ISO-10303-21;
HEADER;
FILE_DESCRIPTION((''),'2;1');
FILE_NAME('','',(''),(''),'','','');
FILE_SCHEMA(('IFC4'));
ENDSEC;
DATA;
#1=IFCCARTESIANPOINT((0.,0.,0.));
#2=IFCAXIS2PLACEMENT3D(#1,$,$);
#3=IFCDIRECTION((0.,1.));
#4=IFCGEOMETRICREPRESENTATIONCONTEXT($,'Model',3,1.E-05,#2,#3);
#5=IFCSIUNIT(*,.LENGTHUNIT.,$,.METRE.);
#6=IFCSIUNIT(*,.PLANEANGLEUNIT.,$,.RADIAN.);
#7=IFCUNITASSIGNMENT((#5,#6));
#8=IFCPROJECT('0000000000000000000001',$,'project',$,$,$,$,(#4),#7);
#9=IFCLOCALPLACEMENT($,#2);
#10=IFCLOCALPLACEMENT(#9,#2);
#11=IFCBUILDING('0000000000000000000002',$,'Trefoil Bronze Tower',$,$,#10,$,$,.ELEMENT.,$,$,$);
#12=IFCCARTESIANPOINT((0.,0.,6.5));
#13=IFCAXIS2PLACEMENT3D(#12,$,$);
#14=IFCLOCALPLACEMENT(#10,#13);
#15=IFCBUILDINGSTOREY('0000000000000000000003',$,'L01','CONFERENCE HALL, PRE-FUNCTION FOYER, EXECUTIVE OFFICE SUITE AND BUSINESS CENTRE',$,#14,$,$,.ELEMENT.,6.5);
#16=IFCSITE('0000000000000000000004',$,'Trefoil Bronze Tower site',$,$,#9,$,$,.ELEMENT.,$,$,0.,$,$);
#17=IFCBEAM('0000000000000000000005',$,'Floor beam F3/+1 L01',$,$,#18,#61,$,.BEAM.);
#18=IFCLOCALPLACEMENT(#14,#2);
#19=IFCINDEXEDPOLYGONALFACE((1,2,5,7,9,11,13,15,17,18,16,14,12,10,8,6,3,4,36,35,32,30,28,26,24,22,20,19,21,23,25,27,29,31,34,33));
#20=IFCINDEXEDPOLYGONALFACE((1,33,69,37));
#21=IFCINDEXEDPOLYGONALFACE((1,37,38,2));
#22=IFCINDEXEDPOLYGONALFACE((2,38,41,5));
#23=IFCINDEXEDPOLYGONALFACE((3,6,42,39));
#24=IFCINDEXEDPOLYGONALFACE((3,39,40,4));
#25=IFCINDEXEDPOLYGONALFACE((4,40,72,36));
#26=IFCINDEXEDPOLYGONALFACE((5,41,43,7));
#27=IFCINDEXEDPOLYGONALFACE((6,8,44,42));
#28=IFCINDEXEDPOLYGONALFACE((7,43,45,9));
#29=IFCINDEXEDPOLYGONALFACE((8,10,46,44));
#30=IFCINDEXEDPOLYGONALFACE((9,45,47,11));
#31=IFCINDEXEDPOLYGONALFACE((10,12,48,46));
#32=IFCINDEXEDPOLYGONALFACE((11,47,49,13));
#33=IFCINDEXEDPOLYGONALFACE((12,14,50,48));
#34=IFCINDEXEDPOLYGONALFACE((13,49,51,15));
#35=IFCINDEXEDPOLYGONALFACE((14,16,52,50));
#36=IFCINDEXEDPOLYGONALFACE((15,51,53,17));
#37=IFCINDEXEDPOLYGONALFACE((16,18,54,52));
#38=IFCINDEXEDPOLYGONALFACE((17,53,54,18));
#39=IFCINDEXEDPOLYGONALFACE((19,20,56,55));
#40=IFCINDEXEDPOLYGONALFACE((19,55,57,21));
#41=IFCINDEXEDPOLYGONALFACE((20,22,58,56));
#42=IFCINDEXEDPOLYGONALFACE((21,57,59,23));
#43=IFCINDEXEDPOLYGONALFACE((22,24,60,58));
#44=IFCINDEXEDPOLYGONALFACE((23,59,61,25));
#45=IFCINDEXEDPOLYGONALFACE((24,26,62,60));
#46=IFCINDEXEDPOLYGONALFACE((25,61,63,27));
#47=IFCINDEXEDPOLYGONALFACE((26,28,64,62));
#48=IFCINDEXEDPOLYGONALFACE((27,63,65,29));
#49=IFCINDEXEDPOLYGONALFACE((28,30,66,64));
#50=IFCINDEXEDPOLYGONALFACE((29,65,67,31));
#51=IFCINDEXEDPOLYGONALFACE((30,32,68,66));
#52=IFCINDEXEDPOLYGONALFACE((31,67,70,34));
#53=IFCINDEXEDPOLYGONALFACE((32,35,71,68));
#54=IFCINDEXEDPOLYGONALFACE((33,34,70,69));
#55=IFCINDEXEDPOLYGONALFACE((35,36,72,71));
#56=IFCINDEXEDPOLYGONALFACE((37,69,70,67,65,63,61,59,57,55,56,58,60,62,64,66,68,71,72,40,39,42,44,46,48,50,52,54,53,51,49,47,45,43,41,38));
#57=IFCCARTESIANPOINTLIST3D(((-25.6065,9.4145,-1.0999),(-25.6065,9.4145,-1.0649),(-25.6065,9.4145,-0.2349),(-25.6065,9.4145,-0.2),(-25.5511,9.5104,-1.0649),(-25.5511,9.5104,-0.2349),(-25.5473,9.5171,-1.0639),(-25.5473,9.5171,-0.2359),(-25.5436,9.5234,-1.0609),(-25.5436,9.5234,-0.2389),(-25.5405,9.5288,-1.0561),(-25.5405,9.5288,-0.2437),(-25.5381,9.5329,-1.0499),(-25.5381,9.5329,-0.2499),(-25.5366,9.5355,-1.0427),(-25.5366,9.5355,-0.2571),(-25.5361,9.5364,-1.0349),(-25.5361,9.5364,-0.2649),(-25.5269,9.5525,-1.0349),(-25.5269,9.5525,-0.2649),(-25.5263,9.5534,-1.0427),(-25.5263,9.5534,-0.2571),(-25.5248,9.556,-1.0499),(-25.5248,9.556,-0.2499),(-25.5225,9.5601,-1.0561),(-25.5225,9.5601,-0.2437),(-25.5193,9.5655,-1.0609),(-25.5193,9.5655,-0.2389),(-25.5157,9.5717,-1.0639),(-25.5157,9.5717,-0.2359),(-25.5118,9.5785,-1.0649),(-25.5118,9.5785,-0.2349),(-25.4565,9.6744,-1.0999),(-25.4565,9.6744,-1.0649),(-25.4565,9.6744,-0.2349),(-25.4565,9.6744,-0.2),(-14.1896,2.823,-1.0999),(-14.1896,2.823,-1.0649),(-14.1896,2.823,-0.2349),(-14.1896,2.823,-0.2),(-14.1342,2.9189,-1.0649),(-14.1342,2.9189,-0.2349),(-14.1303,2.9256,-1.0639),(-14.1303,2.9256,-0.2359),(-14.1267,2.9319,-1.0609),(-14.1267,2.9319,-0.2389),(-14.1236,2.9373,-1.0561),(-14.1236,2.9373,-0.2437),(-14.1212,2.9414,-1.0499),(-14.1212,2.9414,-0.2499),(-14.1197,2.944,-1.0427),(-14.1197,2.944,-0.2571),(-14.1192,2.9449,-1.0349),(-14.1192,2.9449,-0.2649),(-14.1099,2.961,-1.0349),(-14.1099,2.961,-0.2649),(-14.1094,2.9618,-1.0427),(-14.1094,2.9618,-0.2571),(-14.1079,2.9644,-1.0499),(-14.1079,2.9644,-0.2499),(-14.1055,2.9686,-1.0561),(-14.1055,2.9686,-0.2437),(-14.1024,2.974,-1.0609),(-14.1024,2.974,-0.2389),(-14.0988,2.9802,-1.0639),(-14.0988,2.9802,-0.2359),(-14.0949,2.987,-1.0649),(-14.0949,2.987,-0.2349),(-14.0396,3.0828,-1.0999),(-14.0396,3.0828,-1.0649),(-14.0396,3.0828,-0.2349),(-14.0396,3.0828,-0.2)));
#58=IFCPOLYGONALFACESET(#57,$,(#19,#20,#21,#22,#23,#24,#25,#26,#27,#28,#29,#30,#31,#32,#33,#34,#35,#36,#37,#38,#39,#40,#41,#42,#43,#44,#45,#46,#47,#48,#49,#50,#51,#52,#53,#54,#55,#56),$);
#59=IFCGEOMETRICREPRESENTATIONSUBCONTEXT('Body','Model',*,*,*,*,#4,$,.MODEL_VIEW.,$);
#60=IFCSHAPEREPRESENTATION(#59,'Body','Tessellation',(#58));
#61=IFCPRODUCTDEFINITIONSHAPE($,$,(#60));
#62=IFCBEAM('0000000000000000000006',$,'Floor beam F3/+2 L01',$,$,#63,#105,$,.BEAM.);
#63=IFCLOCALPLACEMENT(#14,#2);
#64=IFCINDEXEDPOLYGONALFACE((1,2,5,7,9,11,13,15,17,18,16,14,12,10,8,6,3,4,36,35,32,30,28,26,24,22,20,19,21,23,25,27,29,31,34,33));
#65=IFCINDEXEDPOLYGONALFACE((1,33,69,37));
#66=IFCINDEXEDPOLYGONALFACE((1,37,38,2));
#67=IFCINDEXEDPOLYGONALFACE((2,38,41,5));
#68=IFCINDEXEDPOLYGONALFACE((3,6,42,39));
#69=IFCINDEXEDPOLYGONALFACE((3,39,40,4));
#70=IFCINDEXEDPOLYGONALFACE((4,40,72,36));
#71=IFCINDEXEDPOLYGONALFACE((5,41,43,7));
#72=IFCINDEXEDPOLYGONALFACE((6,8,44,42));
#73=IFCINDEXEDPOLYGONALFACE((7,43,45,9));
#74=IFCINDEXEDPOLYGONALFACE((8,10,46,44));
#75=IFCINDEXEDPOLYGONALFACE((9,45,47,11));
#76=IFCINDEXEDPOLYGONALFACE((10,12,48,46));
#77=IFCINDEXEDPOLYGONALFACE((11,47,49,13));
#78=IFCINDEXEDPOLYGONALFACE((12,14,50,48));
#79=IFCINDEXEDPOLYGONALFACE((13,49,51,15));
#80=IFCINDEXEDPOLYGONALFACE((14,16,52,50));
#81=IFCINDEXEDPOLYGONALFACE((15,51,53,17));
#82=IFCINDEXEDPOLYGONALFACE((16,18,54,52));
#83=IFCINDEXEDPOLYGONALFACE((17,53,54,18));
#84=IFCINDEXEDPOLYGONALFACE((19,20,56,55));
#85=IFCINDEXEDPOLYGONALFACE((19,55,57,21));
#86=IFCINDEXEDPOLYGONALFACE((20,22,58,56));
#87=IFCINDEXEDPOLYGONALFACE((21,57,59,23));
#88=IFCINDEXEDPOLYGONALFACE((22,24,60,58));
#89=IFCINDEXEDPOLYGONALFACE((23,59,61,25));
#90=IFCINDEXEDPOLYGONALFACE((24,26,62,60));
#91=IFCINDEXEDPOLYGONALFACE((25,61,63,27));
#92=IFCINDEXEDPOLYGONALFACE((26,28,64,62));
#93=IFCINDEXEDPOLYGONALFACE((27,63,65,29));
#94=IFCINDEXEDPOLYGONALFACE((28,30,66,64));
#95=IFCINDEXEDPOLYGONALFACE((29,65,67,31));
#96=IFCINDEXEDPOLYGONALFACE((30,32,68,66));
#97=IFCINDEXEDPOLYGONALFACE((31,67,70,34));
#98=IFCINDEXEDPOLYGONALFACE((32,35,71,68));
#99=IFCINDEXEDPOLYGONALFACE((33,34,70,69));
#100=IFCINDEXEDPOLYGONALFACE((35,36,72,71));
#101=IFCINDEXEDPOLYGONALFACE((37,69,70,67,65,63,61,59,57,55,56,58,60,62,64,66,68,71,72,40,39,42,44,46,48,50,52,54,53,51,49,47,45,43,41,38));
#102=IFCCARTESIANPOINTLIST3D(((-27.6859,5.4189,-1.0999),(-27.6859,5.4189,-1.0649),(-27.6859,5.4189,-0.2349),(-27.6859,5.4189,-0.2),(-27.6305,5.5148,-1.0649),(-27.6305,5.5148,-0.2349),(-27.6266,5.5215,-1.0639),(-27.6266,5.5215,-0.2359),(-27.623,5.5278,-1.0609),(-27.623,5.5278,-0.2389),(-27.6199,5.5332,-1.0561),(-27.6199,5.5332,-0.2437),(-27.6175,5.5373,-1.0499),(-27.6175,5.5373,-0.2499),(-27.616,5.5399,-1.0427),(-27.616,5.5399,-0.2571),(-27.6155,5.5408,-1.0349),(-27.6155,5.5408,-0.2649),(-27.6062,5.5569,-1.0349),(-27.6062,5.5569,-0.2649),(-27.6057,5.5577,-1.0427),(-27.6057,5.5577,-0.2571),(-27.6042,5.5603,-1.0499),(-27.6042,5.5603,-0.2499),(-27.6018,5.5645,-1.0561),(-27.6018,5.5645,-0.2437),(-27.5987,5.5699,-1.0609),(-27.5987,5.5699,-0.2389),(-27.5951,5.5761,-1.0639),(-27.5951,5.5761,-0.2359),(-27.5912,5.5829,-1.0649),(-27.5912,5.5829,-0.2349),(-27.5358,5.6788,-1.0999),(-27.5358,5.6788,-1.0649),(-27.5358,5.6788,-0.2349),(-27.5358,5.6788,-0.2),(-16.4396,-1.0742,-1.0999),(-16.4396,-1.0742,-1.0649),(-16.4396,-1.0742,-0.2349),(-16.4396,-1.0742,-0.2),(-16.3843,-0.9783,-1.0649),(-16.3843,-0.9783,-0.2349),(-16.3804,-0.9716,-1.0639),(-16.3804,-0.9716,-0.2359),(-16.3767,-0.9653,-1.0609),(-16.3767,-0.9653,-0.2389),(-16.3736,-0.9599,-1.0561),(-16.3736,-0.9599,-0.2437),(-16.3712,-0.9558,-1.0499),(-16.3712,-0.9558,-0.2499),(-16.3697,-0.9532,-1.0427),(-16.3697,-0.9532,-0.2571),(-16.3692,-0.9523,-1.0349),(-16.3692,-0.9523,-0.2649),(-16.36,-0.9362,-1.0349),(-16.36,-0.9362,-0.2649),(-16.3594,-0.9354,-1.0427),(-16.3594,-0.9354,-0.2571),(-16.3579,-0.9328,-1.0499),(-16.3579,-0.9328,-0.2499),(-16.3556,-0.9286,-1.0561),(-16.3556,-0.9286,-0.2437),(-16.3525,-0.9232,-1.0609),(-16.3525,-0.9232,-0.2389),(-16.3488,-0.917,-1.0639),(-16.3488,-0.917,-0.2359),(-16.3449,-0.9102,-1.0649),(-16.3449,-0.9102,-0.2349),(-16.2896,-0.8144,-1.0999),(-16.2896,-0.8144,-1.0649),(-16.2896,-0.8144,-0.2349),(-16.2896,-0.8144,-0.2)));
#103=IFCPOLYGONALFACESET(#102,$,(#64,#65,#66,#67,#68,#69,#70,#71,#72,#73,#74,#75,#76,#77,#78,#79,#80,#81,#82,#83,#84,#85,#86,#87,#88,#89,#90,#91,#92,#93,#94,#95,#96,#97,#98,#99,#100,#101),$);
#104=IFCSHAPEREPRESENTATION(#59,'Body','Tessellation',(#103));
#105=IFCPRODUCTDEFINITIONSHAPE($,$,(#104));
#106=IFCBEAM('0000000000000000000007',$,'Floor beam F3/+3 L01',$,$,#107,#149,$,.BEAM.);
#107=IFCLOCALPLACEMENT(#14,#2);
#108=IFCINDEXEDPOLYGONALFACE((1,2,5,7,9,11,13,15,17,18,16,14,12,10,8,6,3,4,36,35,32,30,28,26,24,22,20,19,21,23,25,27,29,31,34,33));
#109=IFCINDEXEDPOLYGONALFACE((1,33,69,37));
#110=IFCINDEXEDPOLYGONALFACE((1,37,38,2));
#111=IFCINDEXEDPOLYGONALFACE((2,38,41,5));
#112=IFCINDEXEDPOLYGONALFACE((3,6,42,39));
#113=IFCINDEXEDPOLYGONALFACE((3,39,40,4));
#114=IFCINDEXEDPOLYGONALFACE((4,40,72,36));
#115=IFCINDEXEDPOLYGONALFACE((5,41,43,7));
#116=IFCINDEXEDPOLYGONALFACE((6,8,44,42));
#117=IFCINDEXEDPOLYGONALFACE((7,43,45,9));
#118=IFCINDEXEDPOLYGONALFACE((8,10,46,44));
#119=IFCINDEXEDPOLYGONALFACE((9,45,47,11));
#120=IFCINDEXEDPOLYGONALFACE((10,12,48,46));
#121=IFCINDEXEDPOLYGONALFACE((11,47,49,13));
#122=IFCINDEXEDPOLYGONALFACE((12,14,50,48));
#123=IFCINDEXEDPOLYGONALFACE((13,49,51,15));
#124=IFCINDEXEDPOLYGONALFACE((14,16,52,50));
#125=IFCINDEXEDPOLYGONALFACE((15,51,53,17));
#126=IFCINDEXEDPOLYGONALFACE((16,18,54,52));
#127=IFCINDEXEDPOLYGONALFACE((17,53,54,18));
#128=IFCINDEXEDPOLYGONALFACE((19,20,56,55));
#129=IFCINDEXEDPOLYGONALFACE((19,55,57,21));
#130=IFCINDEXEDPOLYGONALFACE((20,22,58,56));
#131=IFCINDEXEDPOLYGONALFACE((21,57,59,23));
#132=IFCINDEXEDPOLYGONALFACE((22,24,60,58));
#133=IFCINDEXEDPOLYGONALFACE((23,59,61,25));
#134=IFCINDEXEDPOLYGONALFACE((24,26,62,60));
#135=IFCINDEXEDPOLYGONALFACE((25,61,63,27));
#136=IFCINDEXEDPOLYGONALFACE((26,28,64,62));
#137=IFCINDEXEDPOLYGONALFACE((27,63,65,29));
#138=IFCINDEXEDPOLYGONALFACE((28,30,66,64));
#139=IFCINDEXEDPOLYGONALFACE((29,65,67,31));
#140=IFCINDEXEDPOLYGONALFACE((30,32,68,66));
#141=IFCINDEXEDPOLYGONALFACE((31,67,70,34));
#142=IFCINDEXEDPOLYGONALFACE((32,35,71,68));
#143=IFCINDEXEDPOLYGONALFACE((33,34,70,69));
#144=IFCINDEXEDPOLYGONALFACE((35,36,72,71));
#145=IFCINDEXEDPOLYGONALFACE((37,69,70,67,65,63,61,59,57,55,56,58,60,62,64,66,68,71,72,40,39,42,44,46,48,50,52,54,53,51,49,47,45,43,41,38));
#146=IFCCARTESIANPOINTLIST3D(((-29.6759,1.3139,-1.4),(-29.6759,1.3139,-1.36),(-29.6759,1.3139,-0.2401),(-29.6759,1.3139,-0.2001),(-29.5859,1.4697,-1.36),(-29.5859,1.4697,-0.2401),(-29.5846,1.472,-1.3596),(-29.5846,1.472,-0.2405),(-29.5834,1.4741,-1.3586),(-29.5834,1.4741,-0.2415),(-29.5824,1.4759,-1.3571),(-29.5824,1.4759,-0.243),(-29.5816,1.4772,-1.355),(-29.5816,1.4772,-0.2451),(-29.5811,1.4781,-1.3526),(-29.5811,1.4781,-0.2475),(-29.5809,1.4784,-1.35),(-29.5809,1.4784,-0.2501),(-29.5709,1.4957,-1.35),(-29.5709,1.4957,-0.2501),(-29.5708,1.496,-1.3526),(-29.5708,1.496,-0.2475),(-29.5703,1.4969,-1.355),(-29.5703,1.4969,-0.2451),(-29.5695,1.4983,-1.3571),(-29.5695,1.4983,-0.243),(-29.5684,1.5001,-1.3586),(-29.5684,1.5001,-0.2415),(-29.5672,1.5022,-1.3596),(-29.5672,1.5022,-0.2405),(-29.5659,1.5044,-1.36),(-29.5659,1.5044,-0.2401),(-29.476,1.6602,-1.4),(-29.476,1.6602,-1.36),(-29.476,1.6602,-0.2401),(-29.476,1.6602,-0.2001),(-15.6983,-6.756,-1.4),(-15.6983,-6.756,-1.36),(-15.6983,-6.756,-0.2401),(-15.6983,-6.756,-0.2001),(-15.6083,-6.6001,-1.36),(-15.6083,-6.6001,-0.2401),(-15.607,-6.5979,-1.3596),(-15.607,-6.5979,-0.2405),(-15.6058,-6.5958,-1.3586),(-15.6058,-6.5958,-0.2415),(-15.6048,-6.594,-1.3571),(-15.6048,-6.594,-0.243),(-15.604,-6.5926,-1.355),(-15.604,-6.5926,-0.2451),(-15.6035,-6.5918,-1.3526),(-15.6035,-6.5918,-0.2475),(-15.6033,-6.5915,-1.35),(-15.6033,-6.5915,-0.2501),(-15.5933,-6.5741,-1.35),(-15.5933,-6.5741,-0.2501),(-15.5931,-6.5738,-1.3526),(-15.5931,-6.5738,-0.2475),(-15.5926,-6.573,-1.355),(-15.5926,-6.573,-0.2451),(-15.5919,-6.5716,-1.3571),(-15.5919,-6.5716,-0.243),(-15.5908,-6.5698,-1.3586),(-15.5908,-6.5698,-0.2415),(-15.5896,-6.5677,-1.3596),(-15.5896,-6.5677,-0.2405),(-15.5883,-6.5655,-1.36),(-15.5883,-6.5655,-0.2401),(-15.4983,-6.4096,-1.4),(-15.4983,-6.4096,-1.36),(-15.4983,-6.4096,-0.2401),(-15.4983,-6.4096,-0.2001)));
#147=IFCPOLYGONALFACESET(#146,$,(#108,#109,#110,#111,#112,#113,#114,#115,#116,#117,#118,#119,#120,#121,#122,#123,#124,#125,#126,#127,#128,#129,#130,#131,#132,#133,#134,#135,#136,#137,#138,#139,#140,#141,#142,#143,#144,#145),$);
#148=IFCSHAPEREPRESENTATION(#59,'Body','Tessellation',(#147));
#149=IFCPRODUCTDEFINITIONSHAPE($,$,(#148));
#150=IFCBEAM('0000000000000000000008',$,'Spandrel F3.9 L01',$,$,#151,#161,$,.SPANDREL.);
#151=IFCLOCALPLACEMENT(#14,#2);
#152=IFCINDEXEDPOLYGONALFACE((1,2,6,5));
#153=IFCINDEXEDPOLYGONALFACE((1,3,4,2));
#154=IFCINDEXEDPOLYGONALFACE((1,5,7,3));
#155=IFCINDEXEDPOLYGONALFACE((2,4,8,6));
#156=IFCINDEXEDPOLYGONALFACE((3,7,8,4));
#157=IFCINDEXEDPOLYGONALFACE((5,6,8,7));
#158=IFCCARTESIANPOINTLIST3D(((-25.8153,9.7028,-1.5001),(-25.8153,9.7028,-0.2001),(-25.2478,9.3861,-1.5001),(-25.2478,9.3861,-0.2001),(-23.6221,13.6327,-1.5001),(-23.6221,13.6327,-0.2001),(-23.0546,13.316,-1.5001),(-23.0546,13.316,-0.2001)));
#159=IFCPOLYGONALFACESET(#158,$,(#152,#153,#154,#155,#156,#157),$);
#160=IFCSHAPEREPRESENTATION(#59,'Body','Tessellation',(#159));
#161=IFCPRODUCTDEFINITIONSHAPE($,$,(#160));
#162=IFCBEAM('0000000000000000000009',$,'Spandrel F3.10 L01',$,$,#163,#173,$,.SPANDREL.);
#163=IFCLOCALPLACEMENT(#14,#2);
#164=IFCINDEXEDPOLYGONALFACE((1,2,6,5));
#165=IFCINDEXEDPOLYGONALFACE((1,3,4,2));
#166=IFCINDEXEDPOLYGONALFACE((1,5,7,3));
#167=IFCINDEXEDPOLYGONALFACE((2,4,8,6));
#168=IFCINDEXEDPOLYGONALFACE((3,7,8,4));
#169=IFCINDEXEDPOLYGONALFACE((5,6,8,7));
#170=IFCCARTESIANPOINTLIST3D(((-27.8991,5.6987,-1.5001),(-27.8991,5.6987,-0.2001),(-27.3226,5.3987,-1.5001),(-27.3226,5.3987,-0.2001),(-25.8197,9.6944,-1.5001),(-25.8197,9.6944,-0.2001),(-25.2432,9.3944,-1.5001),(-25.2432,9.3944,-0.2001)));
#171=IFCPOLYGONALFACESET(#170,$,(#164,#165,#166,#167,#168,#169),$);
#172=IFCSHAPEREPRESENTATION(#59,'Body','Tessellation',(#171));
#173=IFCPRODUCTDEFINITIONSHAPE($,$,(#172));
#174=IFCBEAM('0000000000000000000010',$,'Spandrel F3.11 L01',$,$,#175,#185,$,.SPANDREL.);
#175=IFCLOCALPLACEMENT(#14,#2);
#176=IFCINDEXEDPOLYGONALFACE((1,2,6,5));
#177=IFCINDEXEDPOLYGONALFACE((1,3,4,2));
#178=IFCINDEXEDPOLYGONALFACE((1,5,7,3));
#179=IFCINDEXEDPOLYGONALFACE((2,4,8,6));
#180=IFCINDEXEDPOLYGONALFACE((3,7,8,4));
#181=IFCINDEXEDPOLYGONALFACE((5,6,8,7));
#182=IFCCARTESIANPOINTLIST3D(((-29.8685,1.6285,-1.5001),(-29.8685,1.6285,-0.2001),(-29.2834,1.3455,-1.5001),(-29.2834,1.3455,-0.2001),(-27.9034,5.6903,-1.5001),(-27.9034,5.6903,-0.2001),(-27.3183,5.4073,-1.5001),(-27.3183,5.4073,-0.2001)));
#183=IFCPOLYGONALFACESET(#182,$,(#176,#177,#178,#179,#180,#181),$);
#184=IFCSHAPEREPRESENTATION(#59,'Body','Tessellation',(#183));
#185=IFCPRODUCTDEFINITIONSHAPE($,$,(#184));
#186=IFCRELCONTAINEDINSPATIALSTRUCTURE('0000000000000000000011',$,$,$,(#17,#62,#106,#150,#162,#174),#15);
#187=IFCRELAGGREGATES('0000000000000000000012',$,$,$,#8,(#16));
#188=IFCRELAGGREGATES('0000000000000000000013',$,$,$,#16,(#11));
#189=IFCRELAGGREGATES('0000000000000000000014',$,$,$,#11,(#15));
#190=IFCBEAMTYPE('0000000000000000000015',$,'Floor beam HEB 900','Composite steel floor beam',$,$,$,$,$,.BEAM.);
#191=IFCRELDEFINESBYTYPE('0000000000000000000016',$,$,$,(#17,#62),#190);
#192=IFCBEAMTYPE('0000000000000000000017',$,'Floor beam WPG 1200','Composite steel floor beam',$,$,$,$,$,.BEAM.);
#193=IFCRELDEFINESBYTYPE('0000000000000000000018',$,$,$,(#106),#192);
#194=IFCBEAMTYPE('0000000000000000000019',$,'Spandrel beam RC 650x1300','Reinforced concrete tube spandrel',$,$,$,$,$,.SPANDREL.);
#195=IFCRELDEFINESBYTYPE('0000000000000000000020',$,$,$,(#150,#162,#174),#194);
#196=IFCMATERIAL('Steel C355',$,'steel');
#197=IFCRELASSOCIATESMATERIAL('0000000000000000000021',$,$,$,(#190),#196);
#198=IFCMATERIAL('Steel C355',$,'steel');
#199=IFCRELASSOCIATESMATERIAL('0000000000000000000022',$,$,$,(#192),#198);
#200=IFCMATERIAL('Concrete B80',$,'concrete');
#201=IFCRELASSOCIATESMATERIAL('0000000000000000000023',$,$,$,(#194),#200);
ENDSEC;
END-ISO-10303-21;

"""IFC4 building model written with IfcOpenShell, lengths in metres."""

from ifc_helpers import new_model, si_unit, direction, frame, origin, origin_2d, place, context, subcontext, project, spatial, rectangle, i_section, extrude, material, material_profile, profile_set, type_object, element, save


model = new_model("IFC4")

# Units and contexts
model_context = context("Model", 3, precision=1e-05, world=origin(), true_north=direction((0.0, 1.0)))
body_context = subcontext(model_context, "Body", "Model", "MODEL_VIEW")
ifc_project = project(units=[si_unit("LENGTHUNIT", "METRE"), si_unit("PLANEANGLEUNIT", "RADIAN")], contexts=[model_context])

# Site, building, storey
site_placement = place(None, origin())
site = spatial("IfcSite", under=ifc_project, at=site_placement, Name="Trefoil Bronze Tower site", CompositionType="ELEMENT", RefElevation=0.0)
building_placement = place(site_placement, origin())
building = spatial("IfcBuilding", under=site, at=building_placement, Name="Trefoil Bronze Tower", CompositionType="ELEMENT")
storey_placement = place(building_placement, frame((0.0, 0.0, 6.5)))
storey = spatial("IfcBuildingStorey", under=building, at=storey_placement, Name="L01", Description="CONFERENCE HALL, PRE-FUNCTION FOYER, EXECUTIVE OFFICE SUITE AND BUSINESS CENTRE", CompositionType="ELEMENT", Elevation=6.5)

# Beams
ifc_material_1 = material(Name="Steel C355", Category="steel")
ifc_material_profile_1 = material_profile(ifc_material_1, i_section(OverallWidth=0.3, OverallDepth=0.8999, WebThickness=0.0186, FlangeThickness=0.0349, FilletRadius=0.03, at=origin_2d()), Name="HEB 900")
ifc_profile_set_1 = profile_set([ifc_material_profile_1], Name="Steel C355")
beam_type_1 = type_object("IfcBeamType", Name="Floor beam HEB 900", Description="Composite steel floor beam", PredefinedType="BEAM", material=ifc_profile_set_1)
beam_1_placement = place(storey_placement, frame((-25.5315, 9.5444, -0.6499), z_axis=(0.866027, -0.499997, 0.0), x_axis=(0.499997, 0.866027, 0.0)))
element("IfcBeam", 1, at=beam_1_placement, inside=storey, type_object=beam_type_1, Name="Floor beam F3/+1 L01", PredefinedType="BEAM", context=body_context, shape_type="SweptSolid", body=[
    extrude(i_section(OverallWidth=0.3, OverallDepth=0.8999, WebThickness=0.0186, FlangeThickness=0.0349, FilletRadius=0.03, at=origin_2d()), origin(), (0.0, 0.0, 1.0), 13.1831),
])
beam_2_placement = place(storey_placement, frame((-27.6108, 5.5488, -0.6499), z_axis=(0.866022, -0.500005, 0.0), x_axis=(0.500005, 0.866022, 0.0)))
element("IfcBeam", 2, at=beam_2_placement, inside=storey, type_object=beam_type_1, Name="Floor beam F3/+2 L01", PredefinedType="BEAM", context=body_context, shape_type="SweptSolid", body=[
    extrude(i_section(OverallWidth=0.3, OverallDepth=0.8999, WebThickness=0.0186, FlangeThickness=0.0349, FilletRadius=0.03, at=origin_2d()), origin(), (0.0, 0.0, 1.0), 12.9861),
])
ifc_material_2 = material(Name="Steel C355", Category="steel")
ifc_material_profile_2 = material_profile(ifc_material_2, i_section(OverallWidth=0.3999, OverallDepth=1.2, WebThickness=0.02, FlangeThickness=0.04, FilletRadius=0.01, at=origin_2d()), Name="WPG 1200")
ifc_profile_set_2 = profile_set([ifc_material_profile_2], Name="Steel C355")
beam_type_2 = type_object("IfcBeamType", Name="Floor beam WPG 1200", Description="Composite steel floor beam", PredefinedType="BEAM", material=ifc_profile_set_2)
beam_3_placement = place(storey_placement, frame((-29.5759, 1.4871, -0.8), z_axis=(0.866028, -0.499995, 0.0), x_axis=(0.499995, 0.866028, 0.0)))
element("IfcBeam", 3, at=beam_3_placement, inside=storey, type_object=beam_type_2, Name="Floor beam F3/+3 L01", PredefinedType="BEAM", context=body_context, shape_type="SweptSolid", body=[
    extrude(i_section(OverallWidth=0.3999, OverallDepth=1.2, WebThickness=0.02, FlangeThickness=0.04, FilletRadius=0.01, at=origin_2d()), origin(), (0.0, 0.0, 1.0), 16.1399),
])
ifc_material_3 = material(Name="Concrete B80", Category="concrete")
ifc_material_profile_3 = material_profile(ifc_material_3, rectangle(XDim=0.6499, YDim=1.3, at=origin_2d()), Name="RC 650x1300")
ifc_profile_set_3 = profile_set([ifc_material_profile_3], Name="Concrete B80")
beam_type_3 = type_object("IfcBeamType", Name="Spandrel beam RC 650x1300", Description="Reinforced concrete tube spandrel", PredefinedType="SPANDREL", material=ifc_profile_set_3)
beam_4_placement = place(storey_placement, frame((-23.3384, 13.4744, -0.8501), z_axis=(-0.487309, -0.873229, 0.0), x_axis=(0.873229, -0.487309, 0.0)))
element("IfcBeam", 4, at=beam_4_placement, inside=storey, type_object=beam_type_3, Name="Spandrel F3.9 L01", PredefinedType="SPANDREL", context=body_context, shape_type="SweptSolid", body=[
    extrude(rectangle(XDim=0.6499, YDim=1.3, at=origin_2d()), origin(), (0.0, 0.0, 1.0), 4.5005),
])
beam_5_placement = place(storey_placement, frame((-25.5315, 9.5444, -0.8501), z_axis=(-0.461638, -0.887069, 0.0), x_axis=(0.887069, -0.461638, 0.0)))
element("IfcBeam", 5, at=beam_5_placement, inside=storey, type_object=beam_type_3, Name="Spandrel F3.10 L01", PredefinedType="SPANDREL", context=body_context, shape_type="SweptSolid", body=[
    extrude(rectangle(XDim=0.6499, YDim=1.3, at=origin_2d()), origin(), (0.0, 0.0, 1.0), 4.5044),
])
beam_6_placement = place(storey_placement, frame((-27.6108, 5.5488, -0.8501), z_axis=(-0.43551, -0.900184, 0.0), x_axis=(0.900184, -0.43551, 0.0)))
element("IfcBeam", 6, at=beam_6_placement, inside=storey, type_object=beam_type_3, Name="Spandrel F3.11 L01", PredefinedType="SPANDREL", context=body_context, shape_type="SweptSolid", body=[
    extrude(rectangle(XDim=0.6499, YDim=1.3, at=origin_2d()), origin(), (0.0, 0.0, 1.0), 4.5122),
])

save(model, "model.ifc")
